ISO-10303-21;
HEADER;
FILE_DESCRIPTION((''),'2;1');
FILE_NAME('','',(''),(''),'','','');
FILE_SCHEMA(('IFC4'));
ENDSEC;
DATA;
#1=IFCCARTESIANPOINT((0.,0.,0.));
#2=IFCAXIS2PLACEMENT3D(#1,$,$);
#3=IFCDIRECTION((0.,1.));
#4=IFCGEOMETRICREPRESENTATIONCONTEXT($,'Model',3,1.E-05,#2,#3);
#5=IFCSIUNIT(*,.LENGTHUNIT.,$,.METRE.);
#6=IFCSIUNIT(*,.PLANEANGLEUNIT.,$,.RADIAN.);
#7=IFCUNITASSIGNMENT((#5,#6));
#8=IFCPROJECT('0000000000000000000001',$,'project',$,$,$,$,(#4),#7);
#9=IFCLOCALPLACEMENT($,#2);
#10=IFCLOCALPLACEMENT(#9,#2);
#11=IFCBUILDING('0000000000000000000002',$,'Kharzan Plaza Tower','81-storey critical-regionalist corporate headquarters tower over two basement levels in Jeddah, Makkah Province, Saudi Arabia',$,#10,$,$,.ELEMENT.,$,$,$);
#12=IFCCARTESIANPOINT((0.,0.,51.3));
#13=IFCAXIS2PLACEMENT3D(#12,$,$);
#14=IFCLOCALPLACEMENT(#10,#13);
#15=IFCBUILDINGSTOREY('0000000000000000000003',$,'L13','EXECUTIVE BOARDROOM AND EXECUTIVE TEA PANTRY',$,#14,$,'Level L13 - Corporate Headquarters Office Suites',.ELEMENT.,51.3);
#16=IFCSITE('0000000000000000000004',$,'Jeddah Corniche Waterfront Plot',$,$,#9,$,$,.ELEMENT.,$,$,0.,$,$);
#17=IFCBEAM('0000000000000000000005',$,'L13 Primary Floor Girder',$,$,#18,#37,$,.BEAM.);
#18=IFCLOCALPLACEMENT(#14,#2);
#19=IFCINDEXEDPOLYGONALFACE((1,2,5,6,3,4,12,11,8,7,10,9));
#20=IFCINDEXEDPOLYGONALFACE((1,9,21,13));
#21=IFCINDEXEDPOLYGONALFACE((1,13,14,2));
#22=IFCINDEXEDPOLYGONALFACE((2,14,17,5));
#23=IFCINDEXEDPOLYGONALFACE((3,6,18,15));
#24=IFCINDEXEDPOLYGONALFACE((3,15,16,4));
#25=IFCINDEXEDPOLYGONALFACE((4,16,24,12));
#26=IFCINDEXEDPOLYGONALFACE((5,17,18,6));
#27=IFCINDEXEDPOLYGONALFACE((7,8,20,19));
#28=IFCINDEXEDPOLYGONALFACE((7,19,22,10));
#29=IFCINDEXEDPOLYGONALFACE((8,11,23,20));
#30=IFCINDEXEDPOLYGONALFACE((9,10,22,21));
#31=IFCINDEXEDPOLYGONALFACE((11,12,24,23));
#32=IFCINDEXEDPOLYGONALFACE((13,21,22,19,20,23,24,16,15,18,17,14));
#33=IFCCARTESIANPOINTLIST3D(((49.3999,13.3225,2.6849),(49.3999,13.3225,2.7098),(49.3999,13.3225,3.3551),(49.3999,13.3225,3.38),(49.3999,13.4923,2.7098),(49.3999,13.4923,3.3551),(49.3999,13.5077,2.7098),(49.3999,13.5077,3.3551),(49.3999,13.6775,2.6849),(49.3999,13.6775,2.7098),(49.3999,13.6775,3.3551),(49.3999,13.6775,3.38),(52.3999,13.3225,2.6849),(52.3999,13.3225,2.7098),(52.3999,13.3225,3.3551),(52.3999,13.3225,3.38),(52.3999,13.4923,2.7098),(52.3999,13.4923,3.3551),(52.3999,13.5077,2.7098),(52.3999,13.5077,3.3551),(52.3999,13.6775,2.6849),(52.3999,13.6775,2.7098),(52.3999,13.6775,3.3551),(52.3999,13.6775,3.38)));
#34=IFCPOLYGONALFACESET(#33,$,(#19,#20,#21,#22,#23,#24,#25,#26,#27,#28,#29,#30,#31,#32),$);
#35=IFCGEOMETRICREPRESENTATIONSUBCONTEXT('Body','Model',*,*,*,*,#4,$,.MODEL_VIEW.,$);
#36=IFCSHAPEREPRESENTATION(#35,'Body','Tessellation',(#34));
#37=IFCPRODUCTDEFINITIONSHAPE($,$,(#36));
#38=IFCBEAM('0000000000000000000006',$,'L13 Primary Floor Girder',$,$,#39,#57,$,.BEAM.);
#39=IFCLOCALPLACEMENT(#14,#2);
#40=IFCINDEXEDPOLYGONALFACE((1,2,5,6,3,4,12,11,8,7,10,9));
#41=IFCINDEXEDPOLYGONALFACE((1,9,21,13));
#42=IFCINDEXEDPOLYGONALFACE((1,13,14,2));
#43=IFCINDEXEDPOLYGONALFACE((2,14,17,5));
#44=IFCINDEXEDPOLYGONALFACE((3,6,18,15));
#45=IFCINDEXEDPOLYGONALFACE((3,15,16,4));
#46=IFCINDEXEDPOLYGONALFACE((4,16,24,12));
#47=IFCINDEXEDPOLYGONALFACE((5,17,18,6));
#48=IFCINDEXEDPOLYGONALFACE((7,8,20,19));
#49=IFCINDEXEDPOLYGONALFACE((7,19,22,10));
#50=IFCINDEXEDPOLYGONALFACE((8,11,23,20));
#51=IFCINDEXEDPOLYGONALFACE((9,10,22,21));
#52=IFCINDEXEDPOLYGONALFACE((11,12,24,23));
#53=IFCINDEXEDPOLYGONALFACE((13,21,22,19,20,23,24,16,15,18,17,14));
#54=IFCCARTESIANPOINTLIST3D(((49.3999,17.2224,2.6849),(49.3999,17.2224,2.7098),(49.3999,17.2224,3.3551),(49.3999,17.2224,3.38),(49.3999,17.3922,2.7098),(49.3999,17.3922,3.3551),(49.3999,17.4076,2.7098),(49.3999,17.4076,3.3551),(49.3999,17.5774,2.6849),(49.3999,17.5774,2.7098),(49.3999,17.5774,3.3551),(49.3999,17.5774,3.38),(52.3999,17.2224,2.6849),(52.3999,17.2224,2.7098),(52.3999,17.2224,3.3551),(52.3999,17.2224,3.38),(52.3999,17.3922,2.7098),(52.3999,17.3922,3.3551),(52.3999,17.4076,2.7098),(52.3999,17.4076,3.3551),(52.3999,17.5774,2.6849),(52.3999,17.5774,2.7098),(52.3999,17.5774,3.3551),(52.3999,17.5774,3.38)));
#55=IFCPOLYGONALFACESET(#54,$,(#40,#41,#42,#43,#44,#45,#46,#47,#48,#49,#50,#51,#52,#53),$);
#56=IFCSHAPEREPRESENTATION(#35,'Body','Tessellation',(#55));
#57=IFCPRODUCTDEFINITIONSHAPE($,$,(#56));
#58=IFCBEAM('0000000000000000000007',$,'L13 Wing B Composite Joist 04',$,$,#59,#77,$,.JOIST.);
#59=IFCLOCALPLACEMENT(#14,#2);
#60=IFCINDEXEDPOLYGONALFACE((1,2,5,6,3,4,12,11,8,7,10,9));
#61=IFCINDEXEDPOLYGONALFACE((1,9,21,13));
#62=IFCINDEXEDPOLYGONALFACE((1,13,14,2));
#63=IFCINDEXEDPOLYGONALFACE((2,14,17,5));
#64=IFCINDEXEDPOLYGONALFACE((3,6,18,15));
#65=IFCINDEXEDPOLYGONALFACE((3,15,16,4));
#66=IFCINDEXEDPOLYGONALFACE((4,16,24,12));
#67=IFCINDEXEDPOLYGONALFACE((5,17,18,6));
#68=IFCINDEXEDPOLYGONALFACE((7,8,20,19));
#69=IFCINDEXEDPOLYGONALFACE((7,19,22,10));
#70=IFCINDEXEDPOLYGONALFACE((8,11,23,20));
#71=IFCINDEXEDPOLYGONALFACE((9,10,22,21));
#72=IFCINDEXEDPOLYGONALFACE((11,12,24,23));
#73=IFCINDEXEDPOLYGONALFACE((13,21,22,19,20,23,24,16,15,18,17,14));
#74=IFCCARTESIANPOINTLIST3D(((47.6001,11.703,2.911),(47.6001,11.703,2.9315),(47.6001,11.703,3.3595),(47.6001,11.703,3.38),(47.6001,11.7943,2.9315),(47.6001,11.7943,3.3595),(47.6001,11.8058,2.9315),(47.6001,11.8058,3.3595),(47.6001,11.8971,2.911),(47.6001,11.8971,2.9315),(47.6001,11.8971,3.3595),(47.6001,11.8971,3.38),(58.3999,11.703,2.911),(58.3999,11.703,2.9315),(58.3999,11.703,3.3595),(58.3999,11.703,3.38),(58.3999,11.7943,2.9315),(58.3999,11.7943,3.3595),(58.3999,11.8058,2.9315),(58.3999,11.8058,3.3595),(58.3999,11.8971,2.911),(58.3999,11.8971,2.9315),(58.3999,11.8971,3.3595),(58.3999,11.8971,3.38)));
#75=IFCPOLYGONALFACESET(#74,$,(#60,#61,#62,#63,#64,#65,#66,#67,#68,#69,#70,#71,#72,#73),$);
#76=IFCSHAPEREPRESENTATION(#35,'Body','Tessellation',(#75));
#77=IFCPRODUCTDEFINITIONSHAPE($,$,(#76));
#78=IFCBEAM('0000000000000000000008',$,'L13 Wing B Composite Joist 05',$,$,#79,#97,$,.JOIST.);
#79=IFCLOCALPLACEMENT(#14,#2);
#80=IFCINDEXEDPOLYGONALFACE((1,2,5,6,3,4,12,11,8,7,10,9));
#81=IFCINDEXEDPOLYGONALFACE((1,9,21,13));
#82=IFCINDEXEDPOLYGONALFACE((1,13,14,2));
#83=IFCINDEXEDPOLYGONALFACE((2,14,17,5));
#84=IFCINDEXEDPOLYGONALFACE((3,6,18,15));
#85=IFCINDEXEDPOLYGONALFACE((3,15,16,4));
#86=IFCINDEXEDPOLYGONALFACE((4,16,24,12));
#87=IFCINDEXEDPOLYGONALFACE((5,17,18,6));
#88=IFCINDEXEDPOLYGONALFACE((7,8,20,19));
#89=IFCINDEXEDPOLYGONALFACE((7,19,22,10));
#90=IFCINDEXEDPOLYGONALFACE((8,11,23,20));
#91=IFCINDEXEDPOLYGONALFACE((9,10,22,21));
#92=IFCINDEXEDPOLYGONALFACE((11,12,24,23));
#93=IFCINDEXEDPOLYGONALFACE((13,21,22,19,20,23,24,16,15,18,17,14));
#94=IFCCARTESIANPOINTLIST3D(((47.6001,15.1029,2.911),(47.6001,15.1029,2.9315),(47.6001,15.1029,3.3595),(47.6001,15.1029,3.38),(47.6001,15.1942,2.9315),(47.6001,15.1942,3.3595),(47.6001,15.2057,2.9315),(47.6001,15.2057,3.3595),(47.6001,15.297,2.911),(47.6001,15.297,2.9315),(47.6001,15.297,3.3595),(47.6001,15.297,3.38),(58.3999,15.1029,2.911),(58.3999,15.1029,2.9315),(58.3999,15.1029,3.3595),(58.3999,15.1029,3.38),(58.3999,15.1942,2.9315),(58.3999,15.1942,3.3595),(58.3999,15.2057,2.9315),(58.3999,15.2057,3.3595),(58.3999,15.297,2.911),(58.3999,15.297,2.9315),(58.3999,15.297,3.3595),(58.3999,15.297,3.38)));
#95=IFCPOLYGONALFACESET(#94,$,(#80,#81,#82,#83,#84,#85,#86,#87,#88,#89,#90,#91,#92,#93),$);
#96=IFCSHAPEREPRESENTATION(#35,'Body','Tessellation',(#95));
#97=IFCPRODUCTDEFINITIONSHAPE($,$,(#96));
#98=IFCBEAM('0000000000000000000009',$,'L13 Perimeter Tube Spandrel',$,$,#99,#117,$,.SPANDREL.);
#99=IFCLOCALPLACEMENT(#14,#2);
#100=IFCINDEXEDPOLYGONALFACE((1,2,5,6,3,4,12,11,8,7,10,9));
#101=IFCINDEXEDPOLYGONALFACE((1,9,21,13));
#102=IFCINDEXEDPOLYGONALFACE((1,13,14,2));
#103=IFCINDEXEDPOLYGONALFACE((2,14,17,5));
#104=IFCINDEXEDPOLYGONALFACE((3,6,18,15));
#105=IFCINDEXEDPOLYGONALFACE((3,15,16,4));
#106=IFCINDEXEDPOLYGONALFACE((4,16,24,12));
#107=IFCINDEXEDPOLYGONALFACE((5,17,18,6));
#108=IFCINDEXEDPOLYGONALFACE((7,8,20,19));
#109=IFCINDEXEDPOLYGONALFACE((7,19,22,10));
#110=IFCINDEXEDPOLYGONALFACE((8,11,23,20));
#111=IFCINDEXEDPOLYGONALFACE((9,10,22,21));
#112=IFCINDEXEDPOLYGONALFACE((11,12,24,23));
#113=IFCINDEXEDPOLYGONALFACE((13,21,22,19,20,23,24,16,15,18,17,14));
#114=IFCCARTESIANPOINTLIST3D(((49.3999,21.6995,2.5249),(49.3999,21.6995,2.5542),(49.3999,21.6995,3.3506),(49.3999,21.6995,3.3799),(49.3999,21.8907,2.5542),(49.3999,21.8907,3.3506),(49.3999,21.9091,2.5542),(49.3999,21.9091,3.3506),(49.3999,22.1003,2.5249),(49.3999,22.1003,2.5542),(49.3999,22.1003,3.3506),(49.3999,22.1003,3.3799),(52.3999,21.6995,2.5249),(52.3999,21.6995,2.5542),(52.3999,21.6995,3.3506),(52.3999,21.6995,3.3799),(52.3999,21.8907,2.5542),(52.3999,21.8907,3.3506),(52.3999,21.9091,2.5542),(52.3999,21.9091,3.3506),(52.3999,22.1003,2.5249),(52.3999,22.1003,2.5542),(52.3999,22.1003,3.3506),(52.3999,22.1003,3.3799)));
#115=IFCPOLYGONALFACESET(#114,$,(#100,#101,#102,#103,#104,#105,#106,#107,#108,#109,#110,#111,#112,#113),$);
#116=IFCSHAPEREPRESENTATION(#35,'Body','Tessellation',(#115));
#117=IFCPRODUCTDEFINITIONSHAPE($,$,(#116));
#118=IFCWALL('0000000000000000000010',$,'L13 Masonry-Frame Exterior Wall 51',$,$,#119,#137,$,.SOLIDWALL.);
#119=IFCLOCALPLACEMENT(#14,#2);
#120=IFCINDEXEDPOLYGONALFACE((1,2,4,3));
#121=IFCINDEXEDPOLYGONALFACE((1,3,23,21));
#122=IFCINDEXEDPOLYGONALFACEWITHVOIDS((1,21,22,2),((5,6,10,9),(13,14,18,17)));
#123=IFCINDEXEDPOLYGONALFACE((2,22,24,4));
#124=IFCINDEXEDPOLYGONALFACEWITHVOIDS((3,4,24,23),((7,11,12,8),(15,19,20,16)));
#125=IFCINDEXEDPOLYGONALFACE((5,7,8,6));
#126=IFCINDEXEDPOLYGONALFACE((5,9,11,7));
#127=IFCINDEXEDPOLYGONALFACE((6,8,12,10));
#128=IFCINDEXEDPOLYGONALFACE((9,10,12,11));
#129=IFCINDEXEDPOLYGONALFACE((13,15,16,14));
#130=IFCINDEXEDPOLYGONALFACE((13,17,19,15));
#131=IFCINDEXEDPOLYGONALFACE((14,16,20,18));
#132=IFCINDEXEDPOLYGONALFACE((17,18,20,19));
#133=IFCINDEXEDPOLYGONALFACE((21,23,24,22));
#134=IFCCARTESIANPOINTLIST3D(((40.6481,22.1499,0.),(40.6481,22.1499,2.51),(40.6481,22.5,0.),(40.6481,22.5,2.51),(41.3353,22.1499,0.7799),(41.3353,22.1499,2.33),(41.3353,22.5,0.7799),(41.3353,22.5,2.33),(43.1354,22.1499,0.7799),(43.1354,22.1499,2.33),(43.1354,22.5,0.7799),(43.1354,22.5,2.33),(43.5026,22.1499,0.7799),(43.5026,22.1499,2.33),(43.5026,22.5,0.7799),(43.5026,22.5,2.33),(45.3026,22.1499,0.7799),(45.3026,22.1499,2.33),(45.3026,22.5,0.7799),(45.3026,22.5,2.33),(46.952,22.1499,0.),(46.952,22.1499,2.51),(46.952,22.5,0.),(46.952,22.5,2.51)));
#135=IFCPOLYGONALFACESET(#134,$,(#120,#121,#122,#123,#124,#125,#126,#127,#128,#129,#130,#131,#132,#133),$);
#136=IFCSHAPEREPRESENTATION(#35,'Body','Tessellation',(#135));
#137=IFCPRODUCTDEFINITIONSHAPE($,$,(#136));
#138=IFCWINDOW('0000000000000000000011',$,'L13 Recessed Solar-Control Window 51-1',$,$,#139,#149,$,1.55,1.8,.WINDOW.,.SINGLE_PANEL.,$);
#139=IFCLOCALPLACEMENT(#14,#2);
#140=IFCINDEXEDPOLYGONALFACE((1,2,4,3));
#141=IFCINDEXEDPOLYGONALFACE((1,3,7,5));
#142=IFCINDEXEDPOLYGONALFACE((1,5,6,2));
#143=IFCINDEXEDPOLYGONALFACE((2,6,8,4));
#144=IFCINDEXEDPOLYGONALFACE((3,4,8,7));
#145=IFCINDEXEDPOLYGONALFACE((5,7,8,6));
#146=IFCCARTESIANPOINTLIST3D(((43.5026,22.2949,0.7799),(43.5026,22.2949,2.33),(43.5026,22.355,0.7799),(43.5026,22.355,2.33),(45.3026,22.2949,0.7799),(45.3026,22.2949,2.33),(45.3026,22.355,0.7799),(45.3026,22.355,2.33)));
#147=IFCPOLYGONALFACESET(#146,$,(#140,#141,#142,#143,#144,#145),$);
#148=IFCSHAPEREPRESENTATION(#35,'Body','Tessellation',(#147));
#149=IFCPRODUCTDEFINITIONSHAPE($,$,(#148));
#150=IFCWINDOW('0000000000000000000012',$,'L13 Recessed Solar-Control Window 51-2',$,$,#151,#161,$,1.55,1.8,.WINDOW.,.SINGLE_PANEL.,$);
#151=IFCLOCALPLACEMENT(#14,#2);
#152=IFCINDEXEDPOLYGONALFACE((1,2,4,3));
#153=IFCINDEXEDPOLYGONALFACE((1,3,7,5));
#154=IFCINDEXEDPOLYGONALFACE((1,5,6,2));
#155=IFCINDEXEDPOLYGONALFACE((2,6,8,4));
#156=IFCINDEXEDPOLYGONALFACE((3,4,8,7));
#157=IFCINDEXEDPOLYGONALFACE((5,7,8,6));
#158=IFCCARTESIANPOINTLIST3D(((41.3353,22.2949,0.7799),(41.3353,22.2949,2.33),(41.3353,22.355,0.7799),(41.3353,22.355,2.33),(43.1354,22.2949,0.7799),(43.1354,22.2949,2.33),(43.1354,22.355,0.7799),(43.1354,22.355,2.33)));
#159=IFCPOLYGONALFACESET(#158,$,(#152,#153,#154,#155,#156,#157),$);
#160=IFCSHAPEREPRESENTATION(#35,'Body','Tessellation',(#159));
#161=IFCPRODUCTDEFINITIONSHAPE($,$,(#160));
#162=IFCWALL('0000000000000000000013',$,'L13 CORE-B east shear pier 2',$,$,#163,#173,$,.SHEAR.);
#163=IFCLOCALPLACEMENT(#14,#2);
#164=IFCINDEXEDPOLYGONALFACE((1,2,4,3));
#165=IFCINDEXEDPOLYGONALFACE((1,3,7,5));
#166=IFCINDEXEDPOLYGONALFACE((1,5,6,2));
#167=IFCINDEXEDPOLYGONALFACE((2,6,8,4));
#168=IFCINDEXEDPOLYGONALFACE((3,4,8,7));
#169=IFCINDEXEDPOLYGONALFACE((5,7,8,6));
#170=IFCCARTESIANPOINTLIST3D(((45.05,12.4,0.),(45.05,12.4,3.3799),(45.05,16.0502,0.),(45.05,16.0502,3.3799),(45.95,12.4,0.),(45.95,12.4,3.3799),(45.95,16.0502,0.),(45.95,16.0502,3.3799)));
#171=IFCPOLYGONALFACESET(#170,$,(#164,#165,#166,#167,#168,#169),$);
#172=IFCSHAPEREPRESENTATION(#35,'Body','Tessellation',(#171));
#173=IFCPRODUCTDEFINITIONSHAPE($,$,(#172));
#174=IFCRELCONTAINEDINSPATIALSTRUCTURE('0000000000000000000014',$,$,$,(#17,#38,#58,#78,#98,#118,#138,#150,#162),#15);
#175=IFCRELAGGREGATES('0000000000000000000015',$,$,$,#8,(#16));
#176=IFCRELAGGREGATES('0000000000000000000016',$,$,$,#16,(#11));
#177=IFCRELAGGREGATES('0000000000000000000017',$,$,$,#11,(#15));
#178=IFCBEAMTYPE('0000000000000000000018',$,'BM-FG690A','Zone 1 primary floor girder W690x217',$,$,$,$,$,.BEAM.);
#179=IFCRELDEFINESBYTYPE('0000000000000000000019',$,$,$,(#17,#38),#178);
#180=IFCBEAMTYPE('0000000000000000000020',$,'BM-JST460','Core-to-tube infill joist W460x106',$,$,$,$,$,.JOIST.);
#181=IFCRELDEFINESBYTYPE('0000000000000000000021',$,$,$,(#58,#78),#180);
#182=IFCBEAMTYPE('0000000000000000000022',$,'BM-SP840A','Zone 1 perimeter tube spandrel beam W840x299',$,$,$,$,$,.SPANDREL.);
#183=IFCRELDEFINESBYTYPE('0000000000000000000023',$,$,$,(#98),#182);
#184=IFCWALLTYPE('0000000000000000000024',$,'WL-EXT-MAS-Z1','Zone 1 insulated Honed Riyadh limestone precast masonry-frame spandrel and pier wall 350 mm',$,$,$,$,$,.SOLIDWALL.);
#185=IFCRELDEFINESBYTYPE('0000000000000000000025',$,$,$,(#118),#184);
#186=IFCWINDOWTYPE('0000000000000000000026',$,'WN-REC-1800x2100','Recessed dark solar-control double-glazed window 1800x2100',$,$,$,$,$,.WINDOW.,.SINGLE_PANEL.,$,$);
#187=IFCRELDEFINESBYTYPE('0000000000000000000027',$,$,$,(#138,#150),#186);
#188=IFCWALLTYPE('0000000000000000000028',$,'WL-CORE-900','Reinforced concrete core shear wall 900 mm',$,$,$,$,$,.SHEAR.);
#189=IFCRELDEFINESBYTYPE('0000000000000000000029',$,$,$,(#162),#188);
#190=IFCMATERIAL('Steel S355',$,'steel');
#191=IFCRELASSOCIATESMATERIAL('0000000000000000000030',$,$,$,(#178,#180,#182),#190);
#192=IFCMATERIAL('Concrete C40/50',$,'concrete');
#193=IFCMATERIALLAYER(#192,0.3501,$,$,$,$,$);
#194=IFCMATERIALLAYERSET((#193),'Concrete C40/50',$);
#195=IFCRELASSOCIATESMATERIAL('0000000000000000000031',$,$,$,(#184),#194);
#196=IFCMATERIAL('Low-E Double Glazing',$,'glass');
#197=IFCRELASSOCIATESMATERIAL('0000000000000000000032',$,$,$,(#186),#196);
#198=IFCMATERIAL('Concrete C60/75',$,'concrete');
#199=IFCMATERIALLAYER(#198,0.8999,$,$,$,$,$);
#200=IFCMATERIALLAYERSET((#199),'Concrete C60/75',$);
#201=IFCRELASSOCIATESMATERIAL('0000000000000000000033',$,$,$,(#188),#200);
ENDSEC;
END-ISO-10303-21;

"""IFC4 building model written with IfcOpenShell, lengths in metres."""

from ifc_helpers import new_model, si_unit, direction, frame, frame_2d, origin, origin_2d, place, context, subcontext, project, spatial, rectangle, i_section, extrude, source, transform, mapped, material, layer, layer_set, material_profile, profile_set, type_object, element, fill, save


model = new_model("IFC4")

# Units and contexts
model_context = context("Model", 3, precision=1e-05, world=origin(), true_north=direction((0.0, 1.0)))
body_context = subcontext(model_context, "Body", "Model", "MODEL_VIEW")
ifc_project = project(units=[si_unit("LENGTHUNIT", "METRE"), si_unit("PLANEANGLEUNIT", "RADIAN")], contexts=[model_context])

# Site, building, storey
site_placement = place(None, origin())
site = spatial("IfcSite", under=ifc_project, at=site_placement, Name="Jeddah Corniche Waterfront Plot", CompositionType="ELEMENT", RefElevation=0.0)
building_placement = place(site_placement, origin())
building = spatial("IfcBuilding", under=site, at=building_placement, Name="Kharzan Plaza Tower", Description="81-storey critical-regionalist corporate headquarters tower over two basement levels in Jeddah, Makkah Province, Saudi Arabia", CompositionType="ELEMENT")
storey_placement = place(building_placement, frame((0.0, 0.0, 51.3)))
storey = spatial("IfcBuildingStorey", under=building, at=storey_placement, Name="L13", Description="EXECUTIVE BOARDROOM AND EXECUTIVE TEA PANTRY", LongName="Level L13 - Corporate Headquarters Office Suites", CompositionType="ELEMENT", Elevation=51.3)

# Shared definitions
ifc_material_1 = material(Name="Concrete C60/75", Category="concrete")

# Beams
ifc_material_2 = material(Name="Steel S355", Category="steel")
ifc_material_profile_1 = material_profile(ifc_material_2, i_section(OverallWidth=0.355, OverallDepth=0.6951, WebThickness=0.0154, FlangeThickness=0.0249, at=origin_2d()), Name="W690x217")
ifc_profile_set_1 = profile_set([ifc_material_profile_1], Name="Steel S355")
beam_type_1 = type_object("IfcBeamType", Name="BM-FG690A", Description="Zone 1 primary floor girder W690x217", PredefinedType="BEAM", material=ifc_profile_set_1)
shared_shape_1 = source(origin(), body_context, "Body", "SweptSolid", [
    extrude(i_section(OverallWidth=0.355, OverallDepth=0.6951, WebThickness=0.0154, FlangeThickness=0.0249, at=origin_2d()), origin(), (0.0, 0.0, 1.0), 3.0),
])
for number, where, z_axis, x_axis, name in (
    (1, (49.3999, 13.5, 3.0325), (1.0, 0.0, 0.0), (0.0, 1.0, 0.0), "L13 Primary Floor Girder"),
    (2, (49.3999, 17.3999, 3.0325), (1.0, 0.0, 0.0), (0.0, 1.0, 0.0), "L13 Primary Floor Girder"),
):
    element("IfcBeam", number, at=place(storey_placement, frame(where, z_axis=z_axis, x_axis=x_axis)), inside=storey, type_object=beam_type_1, Name=name, PredefinedType="BEAM", context=body_context, shape_type="MappedRepresentation", body=[
        mapped(shared_shape_1, transform((0.0, 0.0, 0.0), x_axis=(1.0, 0.0, 0.0), y_axis=(0.0, 1.0, 0.0), z_axis=(0.0, 0.0, 1.0))),
    ])
ifc_material_profile_2 = material_profile(ifc_material_2, i_section(OverallWidth=0.1941, OverallDepth=0.469, WebThickness=0.0115, FlangeThickness=0.0205, at=origin_2d()), Name="W460x106")
ifc_profile_set_2 = profile_set([ifc_material_profile_2], Name="Steel S355")
beam_type_2 = type_object("IfcBeamType", Name="BM-JST460", Description="Core-to-tube infill joist W460x106", PredefinedType="JOIST", material=ifc_profile_set_2)
shared_shape_2 = source(origin(), body_context, "Body", "SweptSolid", [
    extrude(i_section(OverallWidth=0.1941, OverallDepth=0.469, WebThickness=0.0115, FlangeThickness=0.0205, at=origin_2d()), origin(), (0.0, 0.0, 1.0), 10.7998),
])
for number, where, z_axis, x_axis, name in (
    (3, (47.6001, 11.8, 3.1455), (1.0, 0.0, 0.0), (0.0, 1.0, 0.0), "L13 Wing B Composite Joist 04"),
    (4, (47.6001, 15.2, 3.1455), (1.0, 0.0, 0.0), (0.0, 1.0, 0.0), "L13 Wing B Composite Joist 05"),
):
    element("IfcBeam", number, at=place(storey_placement, frame(where, z_axis=z_axis, x_axis=x_axis)), inside=storey, type_object=beam_type_2, Name=name, PredefinedType="JOIST", context=body_context, shape_type="MappedRepresentation", body=[
        mapped(shared_shape_2, transform((0.0, 0.0, 0.0), x_axis=(1.0, 0.0, 0.0), y_axis=(0.0, 1.0, 0.0), z_axis=(0.0, 0.0, 1.0))),
    ])
ifc_material_profile_3 = material_profile(ifc_material_2, i_section(OverallWidth=0.4009, OverallDepth=0.855, WebThickness=0.0183, FlangeThickness=0.0293, at=origin_2d()), Name="W840x299")
ifc_profile_set_3 = profile_set([ifc_material_profile_3], Name="Steel S355")
beam_type_3 = type_object("IfcBeamType", Name="BM-SP840A", Description="Zone 1 perimeter tube spandrel beam W840x299", PredefinedType="SPANDREL", material=ifc_profile_set_3)
shared_shape_3 = source(origin(), body_context, "Body", "SweptSolid", [
    extrude(i_section(OverallWidth=0.4009, OverallDepth=0.855, WebThickness=0.0183, FlangeThickness=0.0293, at=origin_2d()), origin(), (0.0, 0.0, 1.0), 3.0),
])
beam_1_placement = place(storey_placement, frame((49.3999, 21.8999, 2.9524), z_axis=(1.0, 0.0, 0.0), x_axis=(0.0, 1.0, 0.0)))
element("IfcBeam", 5, at=beam_1_placement, inside=storey, type_object=beam_type_3, Name="L13 Perimeter Tube Spandrel", PredefinedType="SPANDREL", context=body_context, shape_type="MappedRepresentation", body=[
    mapped(shared_shape_3, transform((0.0, 0.0, 0.0), x_axis=(1.0, 0.0, 0.0), y_axis=(0.0, 1.0, 0.0), z_axis=(0.0, 0.0, 1.0))),
])

# Wall, openings, windows
ifc_material_3 = material(Name="Concrete C40/50", Category="concrete")
ifc_layer_1 = layer(ifc_material_3, 0.3501)
ifc_layer_set_1 = layer_set([ifc_layer_1], Name="Concrete C40/50")
wall_type_1 = type_object("IfcWallType", Name="WL-EXT-MAS-Z1", Description="Zone 1 insulated Honed Riyadh limestone precast masonry-frame spandrel and pier wall 350 mm", PredefinedType="SOLIDWALL", material=ifc_layer_set_1)
wall_1_placement = place(storey_placement, frame((46.9519, 22.325, 0.0), z_axis=(0.0, 0.0, 1.0), x_axis=(-1.0, 0.0, 0.0)))
wall_1 = element("IfcWall", 6, at=wall_1_placement, inside=storey, type_object=wall_type_1, Name="L13 Masonry-Frame Exterior Wall 51", PredefinedType="SOLIDWALL", context=body_context, shape_type="SweptSolid", body=[
    extrude(rectangle(XDim=6.304, YDim=0.3501, at=frame_2d((3.1519, 0.0))), origin(), (0.0, 0.0, 1.0), 2.51),
])
opening_1_placement = place(wall_1_placement, frame((1.6494, 0.0, 0.78)))
opening_1 = element("IfcOpeningElement", 7, at=opening_1_placement, cuts=wall_1, PredefinedType="OPENING", context=body_context, shape_type="SweptSolid", body=[
    extrude(rectangle(XDim=1.8, YDim=1.55, at=frame_2d((0.8999, 0.7749))), frame((0.0, 0.1851, 0.0), z_axis=(0.0, -1.0, 0.0), x_axis=(1.0, 0.0, 0.0)), (0.0, 0.0, 1.0), 0.3701),
])
opening_2_placement = place(wall_1_placement, frame((3.8167, 0.0, 0.78)))
opening_2 = element("IfcOpeningElement", 8, at=opening_2_placement, cuts=wall_1, PredefinedType="OPENING", context=body_context, shape_type="SweptSolid", body=[
    extrude(rectangle(XDim=1.8, YDim=1.55, at=frame_2d((0.8999, 0.7749))), frame((0.0, 0.1851, 0.0), z_axis=(0.0, -1.0, 0.0), x_axis=(1.0, 0.0, 0.0)), (0.0, 0.0, 1.0), 0.3701),
])
ifc_material_4 = material(Name="Low-E Double Glazing", Category="glass")
window_type = type_object("IfcWindowType", Name="WN-REC-1800x2100", Description="Recessed dark solar-control double-glazed window 1800x2100", PartitioningType="SINGLE_PANEL", PredefinedType="WINDOW", material=ifc_material_4)
shared_shape_4 = source(origin(), body_context, "Body", "SweptSolid", [
    extrude(rectangle(XDim=1.8, YDim=1.55, at=frame_2d((0.8999, 0.7749))), frame((0.0, 0.03, 0.0), z_axis=(0.0, -1.0, 0.0), x_axis=(1.0, 0.0, 0.0)), (0.0, 0.0, 1.0), 0.0601),
])
window_1_placement = place(opening_1_placement, origin())
window_1 = element("IfcWindow", 9, at=window_1_placement, inside=storey, type_object=window_type, Name="L13 Recessed Solar-Control Window 51-1", OverallHeight=1.55, OverallWidth=1.8, PartitioningType="SINGLE_PANEL", PredefinedType="WINDOW", context=body_context, shape_type="MappedRepresentation", body=[
    mapped(shared_shape_4, transform((0.0, 0.0, 0.0), x_axis=(1.0, 0.0, 0.0), y_axis=(0.0, 1.0, 0.0), z_axis=(0.0, 0.0, 1.0))),
])
fill(opening_1, window_1)
window_2_placement = place(opening_2_placement, origin())
window_2 = element("IfcWindow", 10, at=window_2_placement, inside=storey, type_object=window_type, Name="L13 Recessed Solar-Control Window 51-2", OverallHeight=1.55, OverallWidth=1.8, PartitioningType="SINGLE_PANEL", PredefinedType="WINDOW", context=body_context, shape_type="MappedRepresentation", body=[
    mapped(shared_shape_4, transform((0.0, 0.0, 0.0), x_axis=(1.0, 0.0, 0.0), y_axis=(0.0, 1.0, 0.0), z_axis=(0.0, 0.0, 1.0))),
])
fill(opening_2, window_2)

# Wall
ifc_layer_2 = layer(ifc_material_1, 0.8999)
ifc_layer_set_2 = layer_set([ifc_layer_2], Name="Concrete C60/75")
wall_type_2 = type_object("IfcWallType", Name="WL-CORE-900", Description="Reinforced concrete core shear wall 900 mm", PredefinedType="SHEAR", material=ifc_layer_set_2)
shared_shape_5 = source(origin(), body_context, "Body", "SweptSolid", [
    extrude(rectangle(XDim=3.6501, YDim=0.8999, at=frame_2d((1.8252, 0.0))), origin(), (0.0, 0.0, 1.0), 3.3799),
])
wall_2_placement = place(storey_placement, frame((45.5, 12.3999, 0.0), z_axis=(0.0, 0.0, 1.0), x_axis=(0.0, 1.0, 0.0)))
element("IfcWall", 11, at=wall_2_placement, inside=storey, type_object=wall_type_2, Name="L13 CORE-B east shear pier 2", PredefinedType="SHEAR", context=body_context, shape_type="MappedRepresentation", body=[
    mapped(shared_shape_5, transform((0.0, 0.0, 0.0), x_axis=(1.0, 0.0, 0.0), y_axis=(0.0, 1.0, 0.0), z_axis=(0.0, 0.0, 1.0))),
])

save(model, "model.ifc")
